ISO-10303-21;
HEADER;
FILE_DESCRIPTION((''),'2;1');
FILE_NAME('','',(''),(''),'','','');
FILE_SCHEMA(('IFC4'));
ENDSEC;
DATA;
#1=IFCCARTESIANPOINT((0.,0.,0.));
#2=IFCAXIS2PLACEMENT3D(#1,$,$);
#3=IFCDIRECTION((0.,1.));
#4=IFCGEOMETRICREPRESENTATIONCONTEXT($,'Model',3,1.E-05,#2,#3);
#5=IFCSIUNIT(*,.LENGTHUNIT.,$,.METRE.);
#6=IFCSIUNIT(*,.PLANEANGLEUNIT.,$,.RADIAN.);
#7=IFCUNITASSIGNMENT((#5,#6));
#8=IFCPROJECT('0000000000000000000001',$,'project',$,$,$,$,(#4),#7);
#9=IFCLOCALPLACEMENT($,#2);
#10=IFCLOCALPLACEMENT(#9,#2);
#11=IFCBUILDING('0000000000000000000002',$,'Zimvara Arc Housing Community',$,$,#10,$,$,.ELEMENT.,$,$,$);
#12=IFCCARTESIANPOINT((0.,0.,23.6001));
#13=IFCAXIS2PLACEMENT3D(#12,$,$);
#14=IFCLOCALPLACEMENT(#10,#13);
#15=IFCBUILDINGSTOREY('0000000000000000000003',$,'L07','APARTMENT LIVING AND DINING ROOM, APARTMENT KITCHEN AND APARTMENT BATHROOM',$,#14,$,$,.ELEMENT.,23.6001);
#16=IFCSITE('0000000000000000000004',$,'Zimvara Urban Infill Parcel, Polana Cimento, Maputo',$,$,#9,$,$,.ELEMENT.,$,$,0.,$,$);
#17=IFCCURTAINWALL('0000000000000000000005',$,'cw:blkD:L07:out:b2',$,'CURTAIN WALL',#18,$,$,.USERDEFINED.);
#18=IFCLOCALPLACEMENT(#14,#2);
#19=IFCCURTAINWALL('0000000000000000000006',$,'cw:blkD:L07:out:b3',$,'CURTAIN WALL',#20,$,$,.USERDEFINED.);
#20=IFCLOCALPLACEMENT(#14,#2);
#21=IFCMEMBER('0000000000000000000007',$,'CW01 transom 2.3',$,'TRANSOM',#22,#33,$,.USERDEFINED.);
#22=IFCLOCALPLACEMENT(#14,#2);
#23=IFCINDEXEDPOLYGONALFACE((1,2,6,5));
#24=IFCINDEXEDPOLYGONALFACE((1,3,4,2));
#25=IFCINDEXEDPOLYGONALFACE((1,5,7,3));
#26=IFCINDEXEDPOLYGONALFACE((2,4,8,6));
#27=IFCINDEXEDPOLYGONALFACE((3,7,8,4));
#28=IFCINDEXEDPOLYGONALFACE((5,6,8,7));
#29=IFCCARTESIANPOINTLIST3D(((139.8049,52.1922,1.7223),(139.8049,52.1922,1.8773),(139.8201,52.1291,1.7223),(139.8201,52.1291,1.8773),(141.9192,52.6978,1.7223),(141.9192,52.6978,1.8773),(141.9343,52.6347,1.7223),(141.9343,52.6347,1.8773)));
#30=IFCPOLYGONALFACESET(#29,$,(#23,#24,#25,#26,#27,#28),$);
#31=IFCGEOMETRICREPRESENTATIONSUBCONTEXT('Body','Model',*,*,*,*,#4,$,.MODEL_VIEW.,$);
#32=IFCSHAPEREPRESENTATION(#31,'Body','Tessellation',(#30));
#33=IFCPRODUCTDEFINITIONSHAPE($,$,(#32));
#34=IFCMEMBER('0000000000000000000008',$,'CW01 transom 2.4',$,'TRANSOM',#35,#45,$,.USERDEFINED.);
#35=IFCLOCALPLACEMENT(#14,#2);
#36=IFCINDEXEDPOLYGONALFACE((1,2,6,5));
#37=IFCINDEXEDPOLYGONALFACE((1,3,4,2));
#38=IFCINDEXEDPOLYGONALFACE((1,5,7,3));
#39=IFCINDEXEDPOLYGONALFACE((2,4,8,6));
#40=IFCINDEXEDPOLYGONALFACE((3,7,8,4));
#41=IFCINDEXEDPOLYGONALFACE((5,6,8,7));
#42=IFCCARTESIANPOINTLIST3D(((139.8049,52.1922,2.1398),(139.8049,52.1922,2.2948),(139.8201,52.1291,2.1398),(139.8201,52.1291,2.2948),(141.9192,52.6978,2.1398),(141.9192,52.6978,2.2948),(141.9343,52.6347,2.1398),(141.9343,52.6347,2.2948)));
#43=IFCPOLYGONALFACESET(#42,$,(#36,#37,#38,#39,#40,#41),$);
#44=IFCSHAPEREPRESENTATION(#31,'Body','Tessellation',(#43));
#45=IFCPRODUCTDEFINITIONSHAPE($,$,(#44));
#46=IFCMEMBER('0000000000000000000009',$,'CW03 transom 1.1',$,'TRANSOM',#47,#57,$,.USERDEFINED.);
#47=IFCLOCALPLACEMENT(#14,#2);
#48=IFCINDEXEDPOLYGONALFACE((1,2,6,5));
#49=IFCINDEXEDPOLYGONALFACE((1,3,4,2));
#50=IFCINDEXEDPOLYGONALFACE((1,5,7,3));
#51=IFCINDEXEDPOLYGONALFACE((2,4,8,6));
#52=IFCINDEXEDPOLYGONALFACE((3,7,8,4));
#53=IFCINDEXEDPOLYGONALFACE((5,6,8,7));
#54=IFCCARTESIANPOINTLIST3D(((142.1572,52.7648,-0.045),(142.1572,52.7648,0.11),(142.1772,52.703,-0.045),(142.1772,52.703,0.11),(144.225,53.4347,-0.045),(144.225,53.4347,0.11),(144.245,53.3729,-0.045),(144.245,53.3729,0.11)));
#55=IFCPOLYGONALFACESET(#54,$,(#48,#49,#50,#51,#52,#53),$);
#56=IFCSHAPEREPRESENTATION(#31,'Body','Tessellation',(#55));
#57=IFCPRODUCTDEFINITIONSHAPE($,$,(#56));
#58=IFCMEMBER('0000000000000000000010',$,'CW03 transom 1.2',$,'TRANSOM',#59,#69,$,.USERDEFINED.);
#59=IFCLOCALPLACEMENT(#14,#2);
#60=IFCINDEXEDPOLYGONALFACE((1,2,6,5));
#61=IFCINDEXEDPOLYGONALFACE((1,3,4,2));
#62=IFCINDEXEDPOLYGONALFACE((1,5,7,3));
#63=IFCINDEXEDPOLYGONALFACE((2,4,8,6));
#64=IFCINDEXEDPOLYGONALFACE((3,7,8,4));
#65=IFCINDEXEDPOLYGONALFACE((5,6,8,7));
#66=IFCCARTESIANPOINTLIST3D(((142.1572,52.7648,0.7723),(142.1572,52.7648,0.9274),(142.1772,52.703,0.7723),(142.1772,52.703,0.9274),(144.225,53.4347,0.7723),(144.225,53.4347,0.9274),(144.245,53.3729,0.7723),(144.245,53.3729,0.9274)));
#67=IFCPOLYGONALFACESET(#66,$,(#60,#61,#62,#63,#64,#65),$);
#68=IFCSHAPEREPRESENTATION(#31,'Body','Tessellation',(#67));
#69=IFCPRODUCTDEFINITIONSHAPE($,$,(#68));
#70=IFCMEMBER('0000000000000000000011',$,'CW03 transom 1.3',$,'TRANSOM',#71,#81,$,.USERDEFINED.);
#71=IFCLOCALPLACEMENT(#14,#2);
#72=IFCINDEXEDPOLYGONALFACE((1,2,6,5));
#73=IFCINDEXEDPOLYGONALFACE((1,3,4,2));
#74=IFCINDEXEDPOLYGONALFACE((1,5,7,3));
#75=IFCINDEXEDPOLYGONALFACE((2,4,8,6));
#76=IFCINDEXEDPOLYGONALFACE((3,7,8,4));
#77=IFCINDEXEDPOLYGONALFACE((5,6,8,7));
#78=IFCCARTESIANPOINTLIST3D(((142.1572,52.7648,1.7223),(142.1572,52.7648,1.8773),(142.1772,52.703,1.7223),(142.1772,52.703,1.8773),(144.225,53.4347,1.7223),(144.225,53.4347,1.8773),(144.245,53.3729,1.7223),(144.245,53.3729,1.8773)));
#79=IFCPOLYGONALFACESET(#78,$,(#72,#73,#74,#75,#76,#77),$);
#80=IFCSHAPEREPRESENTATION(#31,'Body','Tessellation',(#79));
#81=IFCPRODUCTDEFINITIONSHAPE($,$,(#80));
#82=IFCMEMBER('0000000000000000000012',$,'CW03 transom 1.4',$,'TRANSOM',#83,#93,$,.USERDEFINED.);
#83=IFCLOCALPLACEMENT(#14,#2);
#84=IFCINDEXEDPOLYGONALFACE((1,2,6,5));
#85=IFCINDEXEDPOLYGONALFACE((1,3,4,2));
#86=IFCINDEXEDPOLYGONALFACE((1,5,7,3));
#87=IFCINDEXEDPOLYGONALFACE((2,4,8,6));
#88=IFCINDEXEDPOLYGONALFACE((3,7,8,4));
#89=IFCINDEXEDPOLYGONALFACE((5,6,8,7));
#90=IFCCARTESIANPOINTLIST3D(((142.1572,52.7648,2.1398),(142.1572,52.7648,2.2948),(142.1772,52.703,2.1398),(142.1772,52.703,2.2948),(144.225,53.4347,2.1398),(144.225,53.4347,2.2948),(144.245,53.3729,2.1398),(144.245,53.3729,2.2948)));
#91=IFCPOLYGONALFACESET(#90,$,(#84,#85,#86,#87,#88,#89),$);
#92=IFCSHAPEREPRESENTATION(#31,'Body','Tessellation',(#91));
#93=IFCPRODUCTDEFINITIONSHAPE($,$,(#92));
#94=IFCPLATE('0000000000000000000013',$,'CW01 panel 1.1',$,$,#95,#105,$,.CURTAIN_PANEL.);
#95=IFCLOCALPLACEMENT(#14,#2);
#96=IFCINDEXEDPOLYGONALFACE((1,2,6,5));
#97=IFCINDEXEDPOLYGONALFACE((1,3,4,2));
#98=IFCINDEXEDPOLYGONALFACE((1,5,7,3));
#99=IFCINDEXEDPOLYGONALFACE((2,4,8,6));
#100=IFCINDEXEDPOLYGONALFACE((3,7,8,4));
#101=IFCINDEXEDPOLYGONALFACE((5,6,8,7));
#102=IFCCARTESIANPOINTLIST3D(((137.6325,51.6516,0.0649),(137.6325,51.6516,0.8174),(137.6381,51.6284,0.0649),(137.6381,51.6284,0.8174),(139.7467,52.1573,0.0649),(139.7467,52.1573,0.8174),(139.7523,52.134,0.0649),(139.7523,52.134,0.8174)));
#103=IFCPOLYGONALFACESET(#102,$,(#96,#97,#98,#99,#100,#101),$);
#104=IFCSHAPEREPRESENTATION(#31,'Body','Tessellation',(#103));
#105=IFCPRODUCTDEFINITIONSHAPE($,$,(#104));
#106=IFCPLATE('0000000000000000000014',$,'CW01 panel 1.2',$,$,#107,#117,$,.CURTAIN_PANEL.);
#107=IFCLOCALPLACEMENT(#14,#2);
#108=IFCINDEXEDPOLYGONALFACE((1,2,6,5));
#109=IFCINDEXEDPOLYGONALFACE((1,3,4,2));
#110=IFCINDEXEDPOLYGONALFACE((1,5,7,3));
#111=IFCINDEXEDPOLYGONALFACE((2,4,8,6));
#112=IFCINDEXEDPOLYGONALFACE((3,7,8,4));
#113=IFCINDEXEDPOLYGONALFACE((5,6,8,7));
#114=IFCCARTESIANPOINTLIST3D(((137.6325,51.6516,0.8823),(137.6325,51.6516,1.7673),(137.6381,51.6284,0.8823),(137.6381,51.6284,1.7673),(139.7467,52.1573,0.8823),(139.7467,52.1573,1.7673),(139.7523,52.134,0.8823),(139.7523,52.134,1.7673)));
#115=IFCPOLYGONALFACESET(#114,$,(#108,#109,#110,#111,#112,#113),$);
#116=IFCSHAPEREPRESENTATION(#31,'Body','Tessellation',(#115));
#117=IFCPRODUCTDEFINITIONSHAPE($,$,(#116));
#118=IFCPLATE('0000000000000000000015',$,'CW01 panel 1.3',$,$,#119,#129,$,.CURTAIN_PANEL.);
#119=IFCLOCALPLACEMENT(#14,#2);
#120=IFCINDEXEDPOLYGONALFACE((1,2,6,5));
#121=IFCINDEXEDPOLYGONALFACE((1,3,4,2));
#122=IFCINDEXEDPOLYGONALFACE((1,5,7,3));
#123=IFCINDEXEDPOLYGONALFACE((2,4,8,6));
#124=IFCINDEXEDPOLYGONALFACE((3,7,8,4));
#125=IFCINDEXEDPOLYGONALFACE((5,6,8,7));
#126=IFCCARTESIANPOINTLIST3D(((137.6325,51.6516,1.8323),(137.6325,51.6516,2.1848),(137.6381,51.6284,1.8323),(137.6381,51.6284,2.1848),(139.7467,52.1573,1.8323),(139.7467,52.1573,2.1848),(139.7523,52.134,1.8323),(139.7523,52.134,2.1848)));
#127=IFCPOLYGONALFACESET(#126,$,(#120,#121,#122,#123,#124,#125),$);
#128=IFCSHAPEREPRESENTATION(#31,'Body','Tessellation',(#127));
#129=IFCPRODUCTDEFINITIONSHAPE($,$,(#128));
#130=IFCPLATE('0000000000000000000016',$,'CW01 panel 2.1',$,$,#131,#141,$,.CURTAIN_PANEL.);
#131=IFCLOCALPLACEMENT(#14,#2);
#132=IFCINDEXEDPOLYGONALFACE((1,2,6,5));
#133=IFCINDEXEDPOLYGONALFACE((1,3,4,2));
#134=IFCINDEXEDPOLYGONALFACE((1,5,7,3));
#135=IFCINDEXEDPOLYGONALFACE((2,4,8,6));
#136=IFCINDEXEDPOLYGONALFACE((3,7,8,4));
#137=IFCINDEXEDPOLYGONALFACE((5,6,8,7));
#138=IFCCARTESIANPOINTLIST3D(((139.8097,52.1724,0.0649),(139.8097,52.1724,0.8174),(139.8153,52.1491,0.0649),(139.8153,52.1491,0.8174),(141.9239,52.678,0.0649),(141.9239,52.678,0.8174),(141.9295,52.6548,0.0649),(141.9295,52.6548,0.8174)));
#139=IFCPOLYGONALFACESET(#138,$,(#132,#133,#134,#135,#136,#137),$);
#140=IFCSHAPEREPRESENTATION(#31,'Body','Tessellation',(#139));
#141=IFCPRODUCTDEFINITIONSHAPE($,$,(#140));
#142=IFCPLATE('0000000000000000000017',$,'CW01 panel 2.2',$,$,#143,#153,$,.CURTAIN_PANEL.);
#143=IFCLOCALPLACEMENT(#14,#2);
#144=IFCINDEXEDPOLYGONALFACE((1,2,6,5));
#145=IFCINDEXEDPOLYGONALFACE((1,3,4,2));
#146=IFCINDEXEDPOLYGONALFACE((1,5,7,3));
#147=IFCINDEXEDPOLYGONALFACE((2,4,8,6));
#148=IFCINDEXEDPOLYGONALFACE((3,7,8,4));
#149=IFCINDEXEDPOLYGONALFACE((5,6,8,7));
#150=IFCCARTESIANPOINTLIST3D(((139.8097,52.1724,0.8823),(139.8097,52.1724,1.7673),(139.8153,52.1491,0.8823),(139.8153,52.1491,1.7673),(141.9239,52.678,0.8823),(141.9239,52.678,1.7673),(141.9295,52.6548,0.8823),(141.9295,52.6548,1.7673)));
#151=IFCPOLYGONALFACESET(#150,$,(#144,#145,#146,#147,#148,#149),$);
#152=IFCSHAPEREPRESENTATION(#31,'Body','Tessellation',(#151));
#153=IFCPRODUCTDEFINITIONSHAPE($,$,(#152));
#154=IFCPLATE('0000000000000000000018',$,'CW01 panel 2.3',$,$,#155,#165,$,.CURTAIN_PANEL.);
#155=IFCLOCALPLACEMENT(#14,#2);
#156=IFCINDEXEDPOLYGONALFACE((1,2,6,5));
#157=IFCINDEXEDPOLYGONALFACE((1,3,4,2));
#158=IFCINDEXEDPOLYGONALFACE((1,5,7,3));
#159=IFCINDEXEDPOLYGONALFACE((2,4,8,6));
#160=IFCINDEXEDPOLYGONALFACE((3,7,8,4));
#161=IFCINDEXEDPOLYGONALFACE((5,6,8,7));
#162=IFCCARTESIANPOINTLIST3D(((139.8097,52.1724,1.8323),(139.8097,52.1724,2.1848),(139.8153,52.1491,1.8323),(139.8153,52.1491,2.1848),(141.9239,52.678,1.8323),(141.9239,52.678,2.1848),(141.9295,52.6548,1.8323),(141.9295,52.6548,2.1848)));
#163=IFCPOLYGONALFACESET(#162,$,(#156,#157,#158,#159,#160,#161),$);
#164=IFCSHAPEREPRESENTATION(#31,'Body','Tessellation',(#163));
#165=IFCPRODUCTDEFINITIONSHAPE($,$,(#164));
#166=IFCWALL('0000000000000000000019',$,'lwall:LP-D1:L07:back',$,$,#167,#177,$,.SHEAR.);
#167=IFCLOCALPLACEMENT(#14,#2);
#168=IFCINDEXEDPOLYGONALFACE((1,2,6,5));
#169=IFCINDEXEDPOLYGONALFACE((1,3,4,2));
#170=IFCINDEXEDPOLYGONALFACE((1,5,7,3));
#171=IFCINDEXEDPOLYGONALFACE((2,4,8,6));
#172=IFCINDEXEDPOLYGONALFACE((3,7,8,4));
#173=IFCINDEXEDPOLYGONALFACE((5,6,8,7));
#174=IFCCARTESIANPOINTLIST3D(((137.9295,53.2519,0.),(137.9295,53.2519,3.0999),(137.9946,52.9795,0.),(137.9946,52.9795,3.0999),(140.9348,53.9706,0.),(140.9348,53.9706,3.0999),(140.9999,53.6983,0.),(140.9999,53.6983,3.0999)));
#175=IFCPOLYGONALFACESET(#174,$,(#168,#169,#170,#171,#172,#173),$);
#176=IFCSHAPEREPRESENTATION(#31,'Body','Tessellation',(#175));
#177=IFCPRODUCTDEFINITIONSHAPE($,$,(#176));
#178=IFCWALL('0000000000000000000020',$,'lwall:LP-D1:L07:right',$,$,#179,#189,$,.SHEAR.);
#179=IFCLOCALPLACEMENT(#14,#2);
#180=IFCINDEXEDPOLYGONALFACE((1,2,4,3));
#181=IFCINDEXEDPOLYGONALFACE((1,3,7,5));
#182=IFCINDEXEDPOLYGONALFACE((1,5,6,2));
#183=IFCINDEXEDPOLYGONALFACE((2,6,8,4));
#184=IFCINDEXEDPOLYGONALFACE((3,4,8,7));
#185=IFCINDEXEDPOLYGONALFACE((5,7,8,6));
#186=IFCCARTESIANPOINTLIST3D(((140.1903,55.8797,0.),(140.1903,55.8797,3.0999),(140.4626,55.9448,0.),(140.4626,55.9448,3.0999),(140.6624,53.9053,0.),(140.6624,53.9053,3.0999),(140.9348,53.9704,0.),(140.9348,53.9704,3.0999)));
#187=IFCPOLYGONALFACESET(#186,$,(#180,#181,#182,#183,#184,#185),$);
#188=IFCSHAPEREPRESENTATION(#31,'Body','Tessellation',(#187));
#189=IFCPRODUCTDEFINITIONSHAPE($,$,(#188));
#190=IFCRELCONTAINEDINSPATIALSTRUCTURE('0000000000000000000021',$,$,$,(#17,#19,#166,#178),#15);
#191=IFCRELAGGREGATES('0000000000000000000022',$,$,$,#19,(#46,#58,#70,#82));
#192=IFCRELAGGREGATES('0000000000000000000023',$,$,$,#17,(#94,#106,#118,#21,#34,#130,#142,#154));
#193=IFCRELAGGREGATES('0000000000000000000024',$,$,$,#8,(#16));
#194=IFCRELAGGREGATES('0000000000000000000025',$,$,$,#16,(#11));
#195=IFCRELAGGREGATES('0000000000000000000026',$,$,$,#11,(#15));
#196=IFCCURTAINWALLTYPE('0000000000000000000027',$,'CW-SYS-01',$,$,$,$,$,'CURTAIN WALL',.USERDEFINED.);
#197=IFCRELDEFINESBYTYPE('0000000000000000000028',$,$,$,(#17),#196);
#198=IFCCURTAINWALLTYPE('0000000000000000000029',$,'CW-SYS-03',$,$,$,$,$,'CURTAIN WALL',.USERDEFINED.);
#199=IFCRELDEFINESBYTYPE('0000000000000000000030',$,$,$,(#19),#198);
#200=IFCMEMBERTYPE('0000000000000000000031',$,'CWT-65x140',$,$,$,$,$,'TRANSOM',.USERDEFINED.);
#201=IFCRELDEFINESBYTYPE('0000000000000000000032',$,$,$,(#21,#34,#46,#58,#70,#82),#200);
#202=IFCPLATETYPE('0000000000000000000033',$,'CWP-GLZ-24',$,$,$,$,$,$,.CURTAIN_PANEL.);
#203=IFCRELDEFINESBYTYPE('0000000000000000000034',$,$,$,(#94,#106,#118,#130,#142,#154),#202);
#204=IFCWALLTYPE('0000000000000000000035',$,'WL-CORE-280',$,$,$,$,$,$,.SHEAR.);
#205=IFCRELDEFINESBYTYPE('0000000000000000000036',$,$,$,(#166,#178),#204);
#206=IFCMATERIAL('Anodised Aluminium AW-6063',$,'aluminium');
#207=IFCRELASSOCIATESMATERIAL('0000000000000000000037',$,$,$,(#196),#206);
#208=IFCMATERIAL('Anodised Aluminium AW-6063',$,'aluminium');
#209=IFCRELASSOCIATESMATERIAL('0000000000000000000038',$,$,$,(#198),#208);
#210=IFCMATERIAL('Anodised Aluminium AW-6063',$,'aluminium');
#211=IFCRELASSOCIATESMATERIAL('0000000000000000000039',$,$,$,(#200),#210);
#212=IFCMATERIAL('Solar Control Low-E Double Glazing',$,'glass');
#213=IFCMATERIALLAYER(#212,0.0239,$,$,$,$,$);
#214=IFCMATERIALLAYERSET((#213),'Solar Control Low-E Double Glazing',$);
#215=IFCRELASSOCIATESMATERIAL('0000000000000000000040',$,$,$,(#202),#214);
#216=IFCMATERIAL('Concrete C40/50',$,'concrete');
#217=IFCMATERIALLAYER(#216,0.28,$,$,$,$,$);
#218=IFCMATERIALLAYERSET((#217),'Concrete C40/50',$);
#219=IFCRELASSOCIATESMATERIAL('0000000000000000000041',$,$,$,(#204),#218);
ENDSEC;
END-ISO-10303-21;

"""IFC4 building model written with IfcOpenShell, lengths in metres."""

from ifc_helpers import new_model, si_unit, direction, frame, frame_2d, origin, origin_2d, place, context, subcontext, project, spatial, rectangle, extrude, material, layer, layer_set, material_profile, profile_set, type_object, element, aggregate, save


model = new_model("IFC4")

# Units and contexts
model_context = context("Model", 3, precision=1e-05, world=origin(), true_north=direction((0.0, 1.0)))
body_context = subcontext(model_context, "Body", "Model", "MODEL_VIEW")
ifc_project = project(units=[si_unit("LENGTHUNIT", "METRE"), si_unit("PLANEANGLEUNIT", "RADIAN")], contexts=[model_context])

# Site, building, storey
site_placement = place(None, origin())
site = spatial("IfcSite", under=ifc_project, at=site_placement, Name="Zimvara Urban Infill Parcel, Polana Cimento, Maputo", CompositionType="ELEMENT", RefElevation=0.0)
building_placement = place(site_placement, origin())
building = spatial("IfcBuilding", under=site, at=building_placement, Name="Zimvara Arc Housing Community", CompositionType="ELEMENT")
storey_placement = place(building_placement, frame((0.0, 0.0, 23.6001)))
storey = spatial("IfcBuildingStorey", under=building, at=storey_placement, Name="L07", Description="APARTMENT LIVING AND DINING ROOM, APARTMENT KITCHEN AND APARTMENT BATHROOM", CompositionType="ELEMENT", Elevation=23.6001)

# Curtain wall
ifc_material_1 = material(Name="Anodised Aluminium AW-6063", Category="aluminium")
curtain_wall_type_1 = type_object("IfcCurtainWallType", Name="CW-SYS-01", ElementType="CURTAIN WALL", PredefinedType="USERDEFINED", material=ifc_material_1)
curtain_wall_1_placement = place(storey_placement, origin())
curtain_wall_1 = element("IfcCurtainWall", 1, at=curtain_wall_1_placement, inside=storey, type_object=curtain_wall_type_1, Name="cw:blkD:L07:out:b2", ObjectType="CURTAIN WALL", PredefinedType="USERDEFINED")

# Curtain wall
ifc_material_2 = material(Name="Anodised Aluminium AW-6063", Category="aluminium")
curtain_wall_type_2 = type_object("IfcCurtainWallType", Name="CW-SYS-03", ElementType="CURTAIN WALL", PredefinedType="USERDEFINED", material=ifc_material_2)
curtain_wall_2_placement = place(storey_placement, origin())
curtain_wall_2 = element("IfcCurtainWall", 2, at=curtain_wall_2_placement, inside=storey, type_object=curtain_wall_type_2, Name="cw:blkD:L07:out:b3", ObjectType="CURTAIN WALL", PredefinedType="USERDEFINED")

# Members
ifc_material_3 = material(Name="Anodised Aluminium AW-6063", Category="aluminium")
ifc_material_profile_1 = material_profile(ifc_material_3, rectangle(XDim=0.0649, YDim=0.155, at=origin_2d()), Name="ALU 65x155")
ifc_profile_set_1 = profile_set([ifc_material_profile_1], Name="Anodised Aluminium AW-6063")
member_type_1 = type_object("IfcMemberType", Name="CWT-65x140", ElementType="TRANSOM", PredefinedType="USERDEFINED", material=ifc_profile_set_1)
member_1_placement = place(storey_placement, frame((139.8125, 52.1606, 1.7998), z_axis=(0.972576, 0.232587, 0.0), x_axis=(-0.232587, 0.972576, 0.0)))
member_1 = element("IfcMember", 3, at=member_1_placement, type_object=member_type_1, Name="CW01 transom 2.3", ObjectType="TRANSOM", PredefinedType="USERDEFINED", context=body_context, shape_type="SweptSolid", body=[
    extrude(rectangle(XDim=0.0649, YDim=0.155, at=origin_2d()), origin(), (0.0, 0.0, 1.0), 2.1738),
])
member_2_placement = place(storey_placement, frame((139.8125, 52.1606, 2.2173), z_axis=(0.972576, 0.232587, 0.0), x_axis=(-0.232587, 0.972576, 0.0)))
member_2 = element("IfcMember", 4, at=member_2_placement, type_object=member_type_1, Name="CW01 transom 2.4", ObjectType="TRANSOM", PredefinedType="USERDEFINED", context=body_context, shape_type="SweptSolid", body=[
    extrude(rectangle(XDim=0.0649, YDim=0.155, at=origin_2d()), origin(), (0.0, 0.0, 1.0), 2.1738),
])
member_3_placement = place(storey_placement, frame((142.1672, 52.7339, 0.0325), z_axis=(0.951323, 0.308197, 0.0), x_axis=(-0.308197, 0.951323, 0.0)))
member_3 = element("IfcMember", 5, at=member_3_placement, type_object=member_type_1, Name="CW03 transom 1.1", ObjectType="TRANSOM", PredefinedType="USERDEFINED", context=body_context, shape_type="SweptSolid", body=[
    extrude(rectangle(XDim=0.0649, YDim=0.155, at=origin_2d()), origin(), (0.0, 0.0, 1.0), 2.1736),
])
member_4_placement = place(storey_placement, frame((142.1672, 52.7339, 0.8499), z_axis=(0.951323, 0.308197, 0.0), x_axis=(-0.308197, 0.951323, 0.0)))
member_4 = element("IfcMember", 6, at=member_4_placement, type_object=member_type_1, Name="CW03 transom 1.2", ObjectType="TRANSOM", PredefinedType="USERDEFINED", context=body_context, shape_type="SweptSolid", body=[
    extrude(rectangle(XDim=0.0649, YDim=0.155, at=origin_2d()), origin(), (0.0, 0.0, 1.0), 2.1736),
])
member_5_placement = place(storey_placement, frame((142.1672, 52.7339, 1.7998), z_axis=(0.951323, 0.308197, 0.0), x_axis=(-0.308197, 0.951323, 0.0)))
member_5 = element("IfcMember", 7, at=member_5_placement, type_object=member_type_1, Name="CW03 transom 1.3", ObjectType="TRANSOM", PredefinedType="USERDEFINED", context=body_context, shape_type="SweptSolid", body=[
    extrude(rectangle(XDim=0.0649, YDim=0.155, at=origin_2d()), origin(), (0.0, 0.0, 1.0), 2.1736),
])
member_6_placement = place(storey_placement, frame((142.1672, 52.7339, 2.2173), z_axis=(0.951323, 0.308197, 0.0), x_axis=(-0.308197, 0.951323, 0.0)))
member_6 = element("IfcMember", 8, at=member_6_placement, type_object=member_type_1, Name="CW03 transom 1.4", ObjectType="TRANSOM", PredefinedType="USERDEFINED", context=body_context, shape_type="SweptSolid", body=[
    extrude(rectangle(XDim=0.0649, YDim=0.155, at=origin_2d()), origin(), (0.0, 0.0, 1.0), 2.1736),
])
aggregate(curtain_wall_2, [member_3, member_4, member_5, member_6])

# Plates
ifc_material_4 = material(Name="Solar Control Low-E Double Glazing", Category="glass")
ifc_layer_1 = layer(ifc_material_4, 0.0239)
ifc_layer_set_1 = layer_set([ifc_layer_1], Name="Solar Control Low-E Double Glazing")
plate_type = type_object("IfcPlateType", Name="CWP-GLZ-24", PredefinedType="CURTAIN_PANEL", material=ifc_layer_set_1)
plate_1_placement = place(storey_placement, frame((138.6924, 51.8928, 0.0649), z_axis=(0.0, 0.0, 1.0), x_axis=(0.972573, 0.232597, 0.0)))
plate_1 = element("IfcPlate", 9, at=plate_1_placement, type_object=plate_type, Name="CW01 panel 1.1", PredefinedType="CURTAIN_PANEL", context=body_context, shape_type="SweptSolid", body=[
    extrude(rectangle(XDim=2.1738, YDim=0.0239, at=origin_2d()), origin(), (0.0, 0.0, 1.0), 0.7524),
])
plate_2_placement = place(storey_placement, frame((138.6924, 51.8928, 0.8823), z_axis=(0.0, 0.0, 1.0), x_axis=(0.972573, 0.232597, 0.0)))
plate_2 = element("IfcPlate", 10, at=plate_2_placement, type_object=plate_type, Name="CW01 panel 1.2", PredefinedType="CURTAIN_PANEL", context=body_context, shape_type="SweptSolid", body=[
    extrude(rectangle(XDim=2.1738, YDim=0.0239, at=origin_2d()), origin(), (0.0, 0.0, 1.0), 0.885),
])
plate_3_placement = place(storey_placement, frame((138.6924, 51.8928, 1.8323), z_axis=(0.0, 0.0, 1.0), x_axis=(0.972573, 0.232597, 0.0)))
plate_3 = element("IfcPlate", 11, at=plate_3_placement, type_object=plate_type, Name="CW01 panel 1.3", PredefinedType="CURTAIN_PANEL", context=body_context, shape_type="SweptSolid", body=[
    extrude(rectangle(XDim=2.1738, YDim=0.0239, at=origin_2d()), origin(), (0.0, 0.0, 1.0), 0.3525),
])
plate_4_placement = place(storey_placement, frame((140.8696, 52.4136, 0.0649), z_axis=(0.0, 0.0, 1.0), x_axis=(0.972573, 0.232597, 0.0)))
plate_4 = element("IfcPlate", 12, at=plate_4_placement, type_object=plate_type, Name="CW01 panel 2.1", PredefinedType="CURTAIN_PANEL", context=body_context, shape_type="SweptSolid", body=[
    extrude(rectangle(XDim=2.1738, YDim=0.0239, at=origin_2d()), origin(), (0.0, 0.0, 1.0), 0.7524),
])
plate_5_placement = place(storey_placement, frame((140.8696, 52.4136, 0.8823), z_axis=(0.0, 0.0, 1.0), x_axis=(0.972573, 0.232597, 0.0)))
plate_5 = element("IfcPlate", 13, at=plate_5_placement, type_object=plate_type, Name="CW01 panel 2.2", PredefinedType="CURTAIN_PANEL", context=body_context, shape_type="SweptSolid", body=[
    extrude(rectangle(XDim=2.1738, YDim=0.0239, at=origin_2d()), origin(), (0.0, 0.0, 1.0), 0.885),
])
plate_6_placement = place(storey_placement, frame((140.8696, 52.4136, 1.8323), z_axis=(0.0, 0.0, 1.0), x_axis=(0.972573, 0.232597, 0.0)))
plate_6 = element("IfcPlate", 14, at=plate_6_placement, type_object=plate_type, Name="CW01 panel 2.3", PredefinedType="CURTAIN_PANEL", context=body_context, shape_type="SweptSolid", body=[
    extrude(rectangle(XDim=2.1738, YDim=0.0239, at=origin_2d()), origin(), (0.0, 0.0, 1.0), 0.3525),
])
aggregate(curtain_wall_1, [plate_1, plate_2, plate_3, member_1, member_2, plate_4, plate_5, plate_6])

# Walls
ifc_material_5 = material(Name="Concrete C40/50", Category="concrete")
ifc_layer_2 = layer(ifc_material_5, 0.28)
ifc_layer_set_2 = layer_set([ifc_layer_2], Name="Concrete C40/50")
wall_type = type_object("IfcWallType", Name="WL-CORE-280", PredefinedType="SHEAR", material=ifc_layer_set_2)
wall_1_placement = place(storey_placement, frame((137.9622, 53.1157, 0.0), z_axis=(0.0, 0.0, 1.0), x_axis=(0.972573, 0.232596, 0.0)))
element("IfcWall", 15, at=wall_1_placement, inside=storey, type_object=wall_type, Name="lwall:LP-D1:L07:back", PredefinedType="SHEAR", context=body_context, shape_type="SweptSolid", body=[
    extrude(rectangle(XDim=3.0901, YDim=0.28, at=frame_2d((1.5449, 0.0))), origin(), (0.0, 0.0, 1.0), 3.0999),
])
wall_2_placement = place(storey_placement, frame((140.3264, 55.9124, 0.0), z_axis=(0.0, 0.0, 1.0), x_axis=(0.232591, -0.972575, 0.0)))
element("IfcWall", 16, at=wall_2_placement, inside=storey, type_object=wall_type, Name="lwall:LP-D1:L07:right", PredefinedType="SHEAR", context=body_context, shape_type="SweptSolid", body=[
    extrude(rectangle(XDim=2.03, YDim=0.28, at=frame_2d((1.0151, 0.0))), origin(), (0.0, 0.0, 1.0), 3.0999),
])

save(model, "model.ifc")
